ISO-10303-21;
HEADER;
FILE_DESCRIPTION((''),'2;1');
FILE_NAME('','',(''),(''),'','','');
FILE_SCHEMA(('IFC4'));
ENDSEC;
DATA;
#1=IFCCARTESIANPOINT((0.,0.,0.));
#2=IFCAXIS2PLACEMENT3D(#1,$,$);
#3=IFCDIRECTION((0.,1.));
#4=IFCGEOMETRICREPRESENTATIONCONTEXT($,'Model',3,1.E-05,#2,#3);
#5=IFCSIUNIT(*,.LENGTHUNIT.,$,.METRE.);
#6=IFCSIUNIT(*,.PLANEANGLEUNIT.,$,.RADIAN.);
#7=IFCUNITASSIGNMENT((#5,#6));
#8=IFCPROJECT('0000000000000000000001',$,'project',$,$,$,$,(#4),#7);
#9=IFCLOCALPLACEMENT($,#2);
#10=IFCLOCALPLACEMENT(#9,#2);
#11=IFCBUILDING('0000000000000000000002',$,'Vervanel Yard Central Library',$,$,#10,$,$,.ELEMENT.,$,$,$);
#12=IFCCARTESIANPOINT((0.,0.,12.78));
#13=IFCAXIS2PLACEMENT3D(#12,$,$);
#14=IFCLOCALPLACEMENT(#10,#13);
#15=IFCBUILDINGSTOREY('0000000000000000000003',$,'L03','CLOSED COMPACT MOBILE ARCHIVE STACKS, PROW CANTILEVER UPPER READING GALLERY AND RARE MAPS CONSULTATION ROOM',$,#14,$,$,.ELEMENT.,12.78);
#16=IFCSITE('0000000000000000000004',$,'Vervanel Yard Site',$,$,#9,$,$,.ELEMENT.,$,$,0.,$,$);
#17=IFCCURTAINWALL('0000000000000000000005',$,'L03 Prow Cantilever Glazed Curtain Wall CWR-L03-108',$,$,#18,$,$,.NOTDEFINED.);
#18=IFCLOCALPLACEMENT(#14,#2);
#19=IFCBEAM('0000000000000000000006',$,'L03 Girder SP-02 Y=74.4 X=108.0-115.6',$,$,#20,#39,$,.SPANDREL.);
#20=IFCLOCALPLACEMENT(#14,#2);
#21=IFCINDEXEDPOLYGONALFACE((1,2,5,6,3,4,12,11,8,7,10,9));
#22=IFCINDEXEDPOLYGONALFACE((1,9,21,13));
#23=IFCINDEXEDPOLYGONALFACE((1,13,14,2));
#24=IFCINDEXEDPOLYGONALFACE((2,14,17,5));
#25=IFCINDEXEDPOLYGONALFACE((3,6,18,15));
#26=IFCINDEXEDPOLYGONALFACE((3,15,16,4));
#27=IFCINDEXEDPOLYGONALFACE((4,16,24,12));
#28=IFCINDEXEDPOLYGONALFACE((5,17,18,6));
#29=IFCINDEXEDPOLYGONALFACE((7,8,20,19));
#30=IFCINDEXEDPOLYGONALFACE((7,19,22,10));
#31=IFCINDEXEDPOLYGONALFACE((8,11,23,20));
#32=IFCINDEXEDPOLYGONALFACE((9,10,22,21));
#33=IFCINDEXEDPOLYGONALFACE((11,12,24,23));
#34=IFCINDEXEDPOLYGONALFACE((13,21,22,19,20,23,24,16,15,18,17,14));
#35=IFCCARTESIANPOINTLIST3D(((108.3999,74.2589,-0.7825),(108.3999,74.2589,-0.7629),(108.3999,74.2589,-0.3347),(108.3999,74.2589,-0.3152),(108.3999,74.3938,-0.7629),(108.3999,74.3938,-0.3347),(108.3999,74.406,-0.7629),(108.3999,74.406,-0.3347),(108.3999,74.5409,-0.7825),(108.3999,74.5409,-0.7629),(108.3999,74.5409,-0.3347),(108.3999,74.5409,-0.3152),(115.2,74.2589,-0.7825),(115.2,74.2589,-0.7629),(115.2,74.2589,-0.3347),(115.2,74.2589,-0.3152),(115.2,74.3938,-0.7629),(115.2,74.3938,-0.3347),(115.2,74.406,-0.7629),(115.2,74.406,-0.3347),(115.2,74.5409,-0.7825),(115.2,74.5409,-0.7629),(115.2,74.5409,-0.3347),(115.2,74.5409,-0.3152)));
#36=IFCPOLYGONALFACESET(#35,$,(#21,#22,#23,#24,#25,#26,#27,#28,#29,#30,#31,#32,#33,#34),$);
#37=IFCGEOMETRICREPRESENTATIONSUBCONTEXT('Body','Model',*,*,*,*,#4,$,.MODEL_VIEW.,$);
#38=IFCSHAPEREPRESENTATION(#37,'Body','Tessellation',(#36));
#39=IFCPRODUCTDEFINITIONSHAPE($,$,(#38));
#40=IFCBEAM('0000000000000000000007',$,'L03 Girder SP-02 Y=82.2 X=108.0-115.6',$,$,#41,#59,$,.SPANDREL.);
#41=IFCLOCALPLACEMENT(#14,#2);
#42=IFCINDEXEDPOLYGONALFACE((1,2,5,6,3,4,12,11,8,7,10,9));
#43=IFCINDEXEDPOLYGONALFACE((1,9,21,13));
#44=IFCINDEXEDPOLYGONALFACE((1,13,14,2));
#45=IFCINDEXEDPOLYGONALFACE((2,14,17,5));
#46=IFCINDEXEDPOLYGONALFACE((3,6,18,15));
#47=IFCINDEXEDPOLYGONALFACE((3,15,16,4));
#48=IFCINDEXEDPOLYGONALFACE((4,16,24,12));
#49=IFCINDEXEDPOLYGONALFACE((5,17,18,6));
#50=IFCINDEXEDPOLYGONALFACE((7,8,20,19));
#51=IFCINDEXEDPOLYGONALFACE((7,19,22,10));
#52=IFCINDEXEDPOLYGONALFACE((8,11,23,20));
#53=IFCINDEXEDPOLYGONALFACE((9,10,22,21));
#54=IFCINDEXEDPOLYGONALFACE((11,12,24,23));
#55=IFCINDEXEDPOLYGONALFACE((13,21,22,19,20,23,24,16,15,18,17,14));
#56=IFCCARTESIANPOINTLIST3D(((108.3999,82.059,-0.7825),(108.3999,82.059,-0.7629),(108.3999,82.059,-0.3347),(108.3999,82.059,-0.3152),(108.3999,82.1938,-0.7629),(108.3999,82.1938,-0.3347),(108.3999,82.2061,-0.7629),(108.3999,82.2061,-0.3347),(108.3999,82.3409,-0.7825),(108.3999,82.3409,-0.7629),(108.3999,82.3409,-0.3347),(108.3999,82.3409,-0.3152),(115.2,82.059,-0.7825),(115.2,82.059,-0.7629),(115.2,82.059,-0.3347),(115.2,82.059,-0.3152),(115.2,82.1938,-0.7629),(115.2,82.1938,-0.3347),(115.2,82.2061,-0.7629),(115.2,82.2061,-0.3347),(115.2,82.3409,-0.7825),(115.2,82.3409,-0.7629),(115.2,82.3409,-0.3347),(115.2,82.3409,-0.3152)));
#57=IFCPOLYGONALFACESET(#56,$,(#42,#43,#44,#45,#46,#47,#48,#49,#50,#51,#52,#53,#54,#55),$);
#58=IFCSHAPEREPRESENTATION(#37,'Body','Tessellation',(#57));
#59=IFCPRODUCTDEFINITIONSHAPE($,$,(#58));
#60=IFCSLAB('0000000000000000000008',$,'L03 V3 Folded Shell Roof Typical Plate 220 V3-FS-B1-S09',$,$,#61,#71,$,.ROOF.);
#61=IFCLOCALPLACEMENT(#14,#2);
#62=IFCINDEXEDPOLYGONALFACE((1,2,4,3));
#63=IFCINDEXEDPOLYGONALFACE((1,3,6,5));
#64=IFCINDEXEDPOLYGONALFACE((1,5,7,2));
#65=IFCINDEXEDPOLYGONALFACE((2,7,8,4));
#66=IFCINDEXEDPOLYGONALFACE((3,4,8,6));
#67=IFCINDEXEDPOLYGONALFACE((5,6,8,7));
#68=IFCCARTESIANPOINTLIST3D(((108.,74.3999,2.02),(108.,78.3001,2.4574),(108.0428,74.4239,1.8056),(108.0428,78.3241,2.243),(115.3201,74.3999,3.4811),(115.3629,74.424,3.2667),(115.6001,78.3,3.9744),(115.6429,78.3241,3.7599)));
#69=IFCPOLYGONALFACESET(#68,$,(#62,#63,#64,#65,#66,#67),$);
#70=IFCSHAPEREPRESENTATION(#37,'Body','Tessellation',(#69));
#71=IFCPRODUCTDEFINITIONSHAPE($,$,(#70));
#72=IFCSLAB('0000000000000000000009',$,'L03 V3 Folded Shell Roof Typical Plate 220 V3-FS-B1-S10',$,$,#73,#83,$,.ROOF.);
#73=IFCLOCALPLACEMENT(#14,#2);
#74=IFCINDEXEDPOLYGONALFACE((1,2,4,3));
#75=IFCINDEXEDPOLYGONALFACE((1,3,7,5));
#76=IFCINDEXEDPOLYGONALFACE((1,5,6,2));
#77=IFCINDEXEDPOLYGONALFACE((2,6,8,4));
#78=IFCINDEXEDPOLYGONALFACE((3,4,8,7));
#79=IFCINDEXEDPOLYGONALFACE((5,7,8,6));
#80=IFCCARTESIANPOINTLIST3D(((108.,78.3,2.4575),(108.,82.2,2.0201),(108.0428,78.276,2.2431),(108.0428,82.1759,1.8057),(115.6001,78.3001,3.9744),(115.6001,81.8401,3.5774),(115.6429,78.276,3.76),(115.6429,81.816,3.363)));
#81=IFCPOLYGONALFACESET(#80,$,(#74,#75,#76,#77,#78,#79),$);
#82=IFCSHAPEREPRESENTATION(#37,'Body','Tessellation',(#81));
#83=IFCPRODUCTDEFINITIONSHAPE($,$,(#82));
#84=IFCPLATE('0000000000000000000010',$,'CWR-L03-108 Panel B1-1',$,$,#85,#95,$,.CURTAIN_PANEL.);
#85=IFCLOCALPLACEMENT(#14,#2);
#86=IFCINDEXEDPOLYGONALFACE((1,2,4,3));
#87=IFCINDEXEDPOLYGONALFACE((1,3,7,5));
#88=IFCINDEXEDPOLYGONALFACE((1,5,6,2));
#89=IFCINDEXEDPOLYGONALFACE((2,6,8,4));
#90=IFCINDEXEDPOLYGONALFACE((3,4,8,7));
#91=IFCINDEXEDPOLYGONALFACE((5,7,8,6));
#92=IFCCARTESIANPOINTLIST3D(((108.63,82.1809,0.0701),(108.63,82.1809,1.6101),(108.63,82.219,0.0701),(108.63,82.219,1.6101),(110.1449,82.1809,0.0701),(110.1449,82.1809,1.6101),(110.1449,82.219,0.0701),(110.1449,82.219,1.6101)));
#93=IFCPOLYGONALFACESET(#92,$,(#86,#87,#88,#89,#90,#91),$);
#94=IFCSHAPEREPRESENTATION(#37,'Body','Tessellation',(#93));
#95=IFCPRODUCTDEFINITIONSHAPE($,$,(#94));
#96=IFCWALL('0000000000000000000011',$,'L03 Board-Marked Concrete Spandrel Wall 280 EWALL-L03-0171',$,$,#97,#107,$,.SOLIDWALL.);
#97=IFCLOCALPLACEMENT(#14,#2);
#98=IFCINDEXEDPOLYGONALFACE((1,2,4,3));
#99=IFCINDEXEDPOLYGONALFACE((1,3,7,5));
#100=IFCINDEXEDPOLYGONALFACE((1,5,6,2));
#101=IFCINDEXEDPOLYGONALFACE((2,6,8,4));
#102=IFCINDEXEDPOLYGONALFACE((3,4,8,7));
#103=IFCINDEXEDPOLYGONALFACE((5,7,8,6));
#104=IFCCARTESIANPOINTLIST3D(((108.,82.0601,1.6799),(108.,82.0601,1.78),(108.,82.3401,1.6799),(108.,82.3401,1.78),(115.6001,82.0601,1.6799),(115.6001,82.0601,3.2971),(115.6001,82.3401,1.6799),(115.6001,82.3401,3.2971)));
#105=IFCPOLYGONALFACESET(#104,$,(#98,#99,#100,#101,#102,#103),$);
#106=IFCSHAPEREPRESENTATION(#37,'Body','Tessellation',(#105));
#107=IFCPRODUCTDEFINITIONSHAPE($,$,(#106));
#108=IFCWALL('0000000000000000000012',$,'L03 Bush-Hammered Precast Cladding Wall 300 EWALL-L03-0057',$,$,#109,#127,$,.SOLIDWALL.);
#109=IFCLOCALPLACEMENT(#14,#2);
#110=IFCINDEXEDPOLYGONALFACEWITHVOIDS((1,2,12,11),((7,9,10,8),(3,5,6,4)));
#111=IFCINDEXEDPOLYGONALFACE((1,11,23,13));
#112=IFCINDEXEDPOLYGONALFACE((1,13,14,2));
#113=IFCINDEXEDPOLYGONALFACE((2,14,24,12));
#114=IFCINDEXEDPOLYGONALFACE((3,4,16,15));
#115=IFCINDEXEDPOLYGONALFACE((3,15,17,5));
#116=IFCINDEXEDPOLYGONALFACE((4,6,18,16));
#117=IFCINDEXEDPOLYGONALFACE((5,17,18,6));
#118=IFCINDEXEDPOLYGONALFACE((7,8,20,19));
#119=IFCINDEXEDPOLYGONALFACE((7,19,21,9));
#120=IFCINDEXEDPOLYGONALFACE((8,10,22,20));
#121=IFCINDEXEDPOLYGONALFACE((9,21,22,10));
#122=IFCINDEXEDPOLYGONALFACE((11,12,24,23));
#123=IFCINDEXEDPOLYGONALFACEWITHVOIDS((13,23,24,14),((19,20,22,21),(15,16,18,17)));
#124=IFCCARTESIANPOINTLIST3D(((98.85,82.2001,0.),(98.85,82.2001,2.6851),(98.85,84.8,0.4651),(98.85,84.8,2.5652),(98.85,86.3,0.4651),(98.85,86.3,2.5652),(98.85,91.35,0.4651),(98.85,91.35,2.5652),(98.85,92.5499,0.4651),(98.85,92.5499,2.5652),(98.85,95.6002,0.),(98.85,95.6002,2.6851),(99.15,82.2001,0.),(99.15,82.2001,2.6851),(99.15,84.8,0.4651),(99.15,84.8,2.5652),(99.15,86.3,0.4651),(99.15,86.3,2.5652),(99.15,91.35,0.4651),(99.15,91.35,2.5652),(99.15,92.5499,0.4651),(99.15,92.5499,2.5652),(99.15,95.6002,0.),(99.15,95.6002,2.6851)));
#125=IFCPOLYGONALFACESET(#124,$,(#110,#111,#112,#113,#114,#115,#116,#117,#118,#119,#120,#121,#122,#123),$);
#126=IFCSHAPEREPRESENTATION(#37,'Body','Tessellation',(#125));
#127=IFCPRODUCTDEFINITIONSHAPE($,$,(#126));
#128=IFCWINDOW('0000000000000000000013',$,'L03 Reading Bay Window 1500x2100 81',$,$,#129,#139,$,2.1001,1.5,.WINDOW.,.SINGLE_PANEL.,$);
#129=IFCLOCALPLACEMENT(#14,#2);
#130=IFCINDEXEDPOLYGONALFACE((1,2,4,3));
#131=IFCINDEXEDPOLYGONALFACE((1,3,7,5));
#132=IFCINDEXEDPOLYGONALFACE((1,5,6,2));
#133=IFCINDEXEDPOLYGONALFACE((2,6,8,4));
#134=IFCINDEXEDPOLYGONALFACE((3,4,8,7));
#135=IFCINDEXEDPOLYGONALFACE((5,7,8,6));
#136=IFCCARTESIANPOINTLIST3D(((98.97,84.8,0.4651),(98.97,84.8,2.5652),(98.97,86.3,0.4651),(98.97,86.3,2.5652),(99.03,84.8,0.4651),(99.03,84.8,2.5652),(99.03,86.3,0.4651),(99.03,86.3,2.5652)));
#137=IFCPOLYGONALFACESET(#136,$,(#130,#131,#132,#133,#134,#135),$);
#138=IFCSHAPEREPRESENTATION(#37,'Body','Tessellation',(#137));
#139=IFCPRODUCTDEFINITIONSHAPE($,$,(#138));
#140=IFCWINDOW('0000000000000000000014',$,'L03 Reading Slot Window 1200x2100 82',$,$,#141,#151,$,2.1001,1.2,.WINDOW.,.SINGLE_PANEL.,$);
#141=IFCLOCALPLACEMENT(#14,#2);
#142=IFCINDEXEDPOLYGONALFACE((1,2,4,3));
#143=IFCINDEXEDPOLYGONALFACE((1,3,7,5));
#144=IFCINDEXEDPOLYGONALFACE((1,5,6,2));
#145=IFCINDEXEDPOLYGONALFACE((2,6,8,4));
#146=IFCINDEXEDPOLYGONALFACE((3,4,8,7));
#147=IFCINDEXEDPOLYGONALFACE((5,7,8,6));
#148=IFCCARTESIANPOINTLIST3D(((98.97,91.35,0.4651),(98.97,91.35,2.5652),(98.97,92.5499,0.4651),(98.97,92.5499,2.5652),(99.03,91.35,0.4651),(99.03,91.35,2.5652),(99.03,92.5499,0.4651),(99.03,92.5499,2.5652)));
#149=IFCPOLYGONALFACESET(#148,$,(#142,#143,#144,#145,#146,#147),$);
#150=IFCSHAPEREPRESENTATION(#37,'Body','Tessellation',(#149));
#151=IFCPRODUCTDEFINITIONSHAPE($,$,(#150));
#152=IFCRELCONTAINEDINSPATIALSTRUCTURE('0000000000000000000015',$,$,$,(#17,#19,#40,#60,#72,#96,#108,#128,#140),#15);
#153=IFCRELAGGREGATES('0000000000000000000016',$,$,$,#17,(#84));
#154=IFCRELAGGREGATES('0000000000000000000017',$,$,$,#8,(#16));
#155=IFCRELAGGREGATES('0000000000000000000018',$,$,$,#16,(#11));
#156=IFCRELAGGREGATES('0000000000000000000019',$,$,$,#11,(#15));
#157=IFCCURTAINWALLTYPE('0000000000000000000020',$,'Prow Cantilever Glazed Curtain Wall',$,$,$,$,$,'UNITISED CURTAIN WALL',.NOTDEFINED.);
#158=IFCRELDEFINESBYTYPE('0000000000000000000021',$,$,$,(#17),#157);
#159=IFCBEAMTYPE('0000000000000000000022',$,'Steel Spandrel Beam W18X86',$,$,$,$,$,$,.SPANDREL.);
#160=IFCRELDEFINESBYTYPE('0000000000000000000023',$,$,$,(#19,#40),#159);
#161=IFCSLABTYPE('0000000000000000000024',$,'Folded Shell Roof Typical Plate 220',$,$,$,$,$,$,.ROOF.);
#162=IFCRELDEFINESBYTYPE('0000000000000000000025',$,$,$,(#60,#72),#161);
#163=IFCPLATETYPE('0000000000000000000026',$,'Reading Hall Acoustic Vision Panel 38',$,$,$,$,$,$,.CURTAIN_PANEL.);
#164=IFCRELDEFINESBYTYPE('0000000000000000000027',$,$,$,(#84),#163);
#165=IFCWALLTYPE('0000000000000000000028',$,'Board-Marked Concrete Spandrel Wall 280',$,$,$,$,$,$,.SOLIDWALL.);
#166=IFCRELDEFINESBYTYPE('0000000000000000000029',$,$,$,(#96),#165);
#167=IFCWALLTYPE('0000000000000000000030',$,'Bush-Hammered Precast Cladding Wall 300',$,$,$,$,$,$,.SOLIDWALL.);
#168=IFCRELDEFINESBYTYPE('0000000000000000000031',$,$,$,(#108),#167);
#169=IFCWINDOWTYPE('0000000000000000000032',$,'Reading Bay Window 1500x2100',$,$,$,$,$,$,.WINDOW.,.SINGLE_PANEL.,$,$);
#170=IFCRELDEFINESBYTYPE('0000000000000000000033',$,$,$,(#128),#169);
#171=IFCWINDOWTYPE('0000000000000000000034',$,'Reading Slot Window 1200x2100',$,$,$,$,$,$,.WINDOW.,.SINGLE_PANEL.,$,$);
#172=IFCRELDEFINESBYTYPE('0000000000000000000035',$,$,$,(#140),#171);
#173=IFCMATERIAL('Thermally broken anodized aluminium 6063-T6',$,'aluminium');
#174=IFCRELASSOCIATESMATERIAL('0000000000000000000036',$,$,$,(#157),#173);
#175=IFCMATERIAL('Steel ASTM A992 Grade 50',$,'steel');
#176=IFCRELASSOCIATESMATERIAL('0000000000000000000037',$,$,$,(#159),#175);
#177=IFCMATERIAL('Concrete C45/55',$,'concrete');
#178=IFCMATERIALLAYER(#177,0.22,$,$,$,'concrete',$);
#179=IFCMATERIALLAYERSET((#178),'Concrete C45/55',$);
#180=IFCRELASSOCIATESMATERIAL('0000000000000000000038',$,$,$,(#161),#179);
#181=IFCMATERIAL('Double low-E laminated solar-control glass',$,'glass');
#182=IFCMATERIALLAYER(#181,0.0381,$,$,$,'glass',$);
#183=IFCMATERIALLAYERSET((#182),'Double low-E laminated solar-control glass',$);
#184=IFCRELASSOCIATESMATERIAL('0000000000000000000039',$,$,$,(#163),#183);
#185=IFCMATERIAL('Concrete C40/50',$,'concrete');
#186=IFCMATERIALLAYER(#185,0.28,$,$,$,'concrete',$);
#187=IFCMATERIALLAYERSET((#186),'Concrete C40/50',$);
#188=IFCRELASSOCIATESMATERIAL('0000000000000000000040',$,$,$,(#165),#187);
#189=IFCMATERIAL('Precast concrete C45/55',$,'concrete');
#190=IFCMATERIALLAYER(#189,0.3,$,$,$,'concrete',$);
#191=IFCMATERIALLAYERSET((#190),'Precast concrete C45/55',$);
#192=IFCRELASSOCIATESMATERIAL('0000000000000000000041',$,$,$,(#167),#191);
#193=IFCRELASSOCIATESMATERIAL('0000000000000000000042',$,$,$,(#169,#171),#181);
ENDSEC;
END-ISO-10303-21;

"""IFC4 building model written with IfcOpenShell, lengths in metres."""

from ifc_helpers import new_model, si_unit, direction, frame, frame_2d, origin, origin_2d, place, context, subcontext, project, spatial, polyline, rectangle, i_section, outline, extrude, material, layer, layer_set, material_profile, profile_set, type_object, element, fill, aggregate, save


model = new_model("IFC4")

# Units and contexts
model_context = context("Model", 3, precision=1e-05, world=origin(), true_north=direction((0.0, 1.0)))
body_context = subcontext(model_context, "Body", "Model", "MODEL_VIEW")
ifc_project = project(units=[si_unit("LENGTHUNIT", "METRE"), si_unit("PLANEANGLEUNIT", "RADIAN")], contexts=[model_context])

# Site, building, storey
site_placement = place(None, origin())
site = spatial("IfcSite", under=ifc_project, at=site_placement, Name="Vervanel Yard Site", CompositionType="ELEMENT", RefElevation=0.0)
building_placement = place(site_placement, origin())
building = spatial("IfcBuilding", under=site, at=building_placement, Name="Vervanel Yard Central Library", CompositionType="ELEMENT")
storey_placement = place(building_placement, frame((0.0, 0.0, 12.78)))
storey = spatial("IfcBuildingStorey", under=building, at=storey_placement, Name="L03", Description="CLOSED COMPACT MOBILE ARCHIVE STACKS, PROW CANTILEVER UPPER READING GALLERY AND RARE MAPS CONSULTATION ROOM", CompositionType="ELEMENT", Elevation=12.78)

# Shared definitions
ifc_material_1 = material(Name="Concrete C40/50", Category="concrete")
ifc_material_2 = material(Name="Steel ASTM A992 Grade 50", Category="steel")

# Shared definitions
ifc_material_3 = material(Name="Concrete C45/55", Category="concrete")

# Curtain wall
ifc_material_4 = material(Name="Thermally broken anodized aluminium 6063-T6", Category="aluminium")
curtain_wall_type = type_object("IfcCurtainWallType", Name="Prow Cantilever Glazed Curtain Wall", ElementType="UNITISED CURTAIN WALL", PredefinedType="NOTDEFINED", material=ifc_material_4)
curtain_wall_placement = place(storey_placement, origin())
curtain_wall = element("IfcCurtainWall", 1, at=curtain_wall_placement, inside=storey, type_object=curtain_wall_type, Name="L03 Prow Cantilever Glazed Curtain Wall CWR-L03-108", PredefinedType="NOTDEFINED")

# Beams
ifc_material_profile_1 = material_profile(ifc_material_2, i_section(OverallWidth=0.282, OverallDepth=0.4673, WebThickness=0.0122, FlangeThickness=0.0195, at=origin_2d()), Name="W18X86", Category="steel")
ifc_profile_set_1 = profile_set([ifc_material_profile_1], Name="Steel ASTM A992 Grade 50")
beam_type_1 = type_object("IfcBeamType", Name="Steel Spandrel Beam W18X86", PredefinedType="SPANDREL", material=ifc_profile_set_1)
for number, where, z_axis, x_axis, name in (
    (2, (108.3999, 74.3999, -0.5488), (1.0, 0.0, 0.0), (0.0, 1.0, 0.0), "L03 Girder SP-02 Y=74.4 X=108.0-115.6"),
    (3, (108.3999, 82.2, -0.5488), (1.0, 0.0, 0.0), (0.0, 1.0, 0.0), "L03 Girder SP-02 Y=82.2 X=108.0-115.6"),
):
    element("IfcBeam", number, at=place(storey_placement, frame(where, z_axis=z_axis, x_axis=x_axis)), inside=storey, type_object=beam_type_1, Name=name, PredefinedType="SPANDREL", context=body_context, shape_type="SweptSolid", body=[
        extrude(i_section(OverallWidth=0.282, OverallDepth=0.4673, WebThickness=0.0122, FlangeThickness=0.0195, at=origin_2d()), origin(), (0.0, 0.0, 1.0), 6.8),
    ])

# Slabs
ifc_layer_1 = layer(ifc_material_3, 0.22, Category="concrete")
ifc_layer_set_1 = layer_set([ifc_layer_1], Name="Concrete C45/55")
slab_type = type_object("IfcSlabType", Name="Folded Shell Roof Typical Plate 220", PredefinedType="ROOF", material=ifc_layer_set_1)
slab_1_placement = place(storey_placement, frame((108.0, 74.3999, 2.02), z_axis=(-0.194563, -0.109318, 0.974779), x_axis=(0.980656, 0.000002, 0.195737)))
element("IfcSlab", 4, at=slab_1_placement, inside=storey, type_object=slab_type, Name="L03 V3 Folded Shell Roof Typical Plate 220 V3-FS-B1-S09", PredefinedType="ROOF", context=body_context, shape_type="SweptSolid", body=[
    extrude(outline(polyline([(0.0, 0.0), (7.4645, 0.0), (7.8356, 3.9236), (0.0856, 3.9237), (0.0, 0.0)])), origin(), (0.0, 0.0, -1.0), 0.22),
])
slab_2_placement = place(storey_placement, frame((108.0, 78.3, 2.4575), z_axis=(-0.194559, 0.109332, 0.974779), x_axis=(0.980657, 0.000001, 0.195732)))
element("IfcSlab", 5, at=slab_2_placement, inside=storey, type_object=slab_type, Name="L03 V3 Folded Shell Roof Typical Plate 220 V3-FS-B1-S10", PredefinedType="ROOF", context=body_context, shape_type="SweptSolid", body=[
    extrude(outline(polyline([(0.0, 0.0), (7.75, 0.0), (7.6723, 3.5614), (-0.0856, 3.9234), (0.0, 0.0)])), origin(), (0.0, 0.0, -1.0), 0.22),
])

# Plate
ifc_material_5 = material(Name="Double low-E laminated solar-control glass", Category="glass")
ifc_layer_2 = layer(ifc_material_5, 0.0381, Category="glass")
ifc_layer_set_2 = layer_set([ifc_layer_2], Name="Double low-E laminated solar-control glass")
plate_type = type_object("IfcPlateType", Name="Reading Hall Acoustic Vision Panel 38", PredefinedType="CURTAIN_PANEL", material=ifc_layer_set_2)
plate_placement = place(storey_placement, frame((109.3875, 82.2, 0.0701), z_axis=(0.0, 0.0, 1.0), x_axis=(1.0, 0.0, 0.0)))
plate = element("IfcPlate", 6, at=plate_placement, type_object=plate_type, Name="CWR-L03-108 Panel B1-1", PredefinedType="CURTAIN_PANEL", context=body_context, shape_type="SweptSolid", body=[
    extrude(rectangle(XDim=1.5149, YDim=0.0381, at=origin_2d()), origin(), (0.0, 0.0, 1.0), 1.54),
])
aggregate(curtain_wall, [plate])

# Wall
ifc_layer_3 = layer(ifc_material_1, 0.28, Category="concrete")
ifc_layer_set_3 = layer_set([ifc_layer_3], Name="Concrete C40/50")
wall_type_1 = type_object("IfcWallType", Name="Board-Marked Concrete Spandrel Wall 280", PredefinedType="SOLIDWALL", material=ifc_layer_set_3)
wall_1_placement = place(storey_placement, frame((108.0, 82.2, 1.6799), z_axis=(0.0, 0.0, 1.0), x_axis=(1.0, 0.0, 0.0)))
element("IfcWall", 7, at=wall_1_placement, inside=storey, type_object=wall_type_1, Name="L03 Board-Marked Concrete Spandrel Wall 280 EWALL-L03-0171", PredefinedType="SOLIDWALL", context=body_context, shape_type="SweptSolid", body=[
    extrude(outline(polyline([(0.0, 0.0), (7.6001, 0.0), (7.6001, 1.6172), (0.0, 0.1001), (0.0, 0.0)])), frame((0.0, 0.1401, 0.0), z_axis=(0.0, -1.0, 0.0), x_axis=(1.0, 0.0, 0.0)), (0.0, 0.0, 1.0), 0.28),
])

# Wall, openings, windows
ifc_material_6 = material(Name="Precast concrete C45/55", Category="concrete")
ifc_layer_4 = layer(ifc_material_6, 0.3, Category="concrete")
ifc_layer_set_4 = layer_set([ifc_layer_4], Name="Precast concrete C45/55")
wall_type_2 = type_object("IfcWallType", Name="Bush-Hammered Precast Cladding Wall 300", PredefinedType="SOLIDWALL", material=ifc_layer_set_4)
wall_2_placement = place(storey_placement, frame((99.0, 82.2, 0.0), z_axis=(0.0, 0.0, 1.0), x_axis=(0.0, 1.0, 0.0)))
wall_2 = element("IfcWall", 8, at=wall_2_placement, inside=storey, type_object=wall_type_2, Name="L03 Bush-Hammered Precast Cladding Wall 300 EWALL-L03-0057", PredefinedType="SOLIDWALL", context=body_context, shape_type="SweptSolid", body=[
    extrude(rectangle(XDim=13.4001, YDim=0.3, at=frame_2d((6.7002, 0.0))), origin(), (0.0, 0.0, 1.0), 2.6851),
])
opening_1_placement = place(wall_2_placement, frame((2.6001, 0.0, 0.4651)))
opening_1 = element("IfcOpeningElement", 9, at=opening_1_placement, cuts=wall_2, PredefinedType="OPENING", context=body_context, shape_type="SweptSolid", body=[
    extrude(rectangle(XDim=1.5, YDim=2.1001, at=frame_2d((0.75, 1.05))), frame((0.0, 0.1599, 0.0), z_axis=(0.0, -1.0, 0.0), x_axis=(1.0, 0.0, 0.0)), (0.0, 0.0, 1.0), 0.3201),
])
opening_2_placement = place(wall_2_placement, frame((9.1499, 0.0, 0.4651)))
opening_2 = element("IfcOpeningElement", 10, at=opening_2_placement, cuts=wall_2, PredefinedType="OPENING", context=body_context, shape_type="SweptSolid", body=[
    extrude(rectangle(XDim=1.2, YDim=2.1001, at=frame_2d((0.6001, 1.05))), frame((0.0, 0.1599, 0.0), z_axis=(0.0, -1.0, 0.0), x_axis=(1.0, 0.0, 0.0)), (0.0, 0.0, 1.0), 0.3201),
])
window_type_1 = type_object("IfcWindowType", Name="Reading Bay Window 1500x2100", PartitioningType="SINGLE_PANEL", PredefinedType="WINDOW", material=ifc_material_5)
window_1_placement = place(opening_1_placement, origin())
window_1 = element("IfcWindow", 11, at=window_1_placement, inside=storey, type_object=window_type_1, Name="L03 Reading Bay Window 1500x2100 81", OverallHeight=2.1001, OverallWidth=1.5, PartitioningType="SINGLE_PANEL", PredefinedType="WINDOW", context=body_context, shape_type="SweptSolid", body=[
    extrude(rectangle(XDim=1.5, YDim=2.1001, at=frame_2d((0.75, 1.05))), frame((0.0, 0.03, 0.0), z_axis=(0.0, -1.0, 0.0), x_axis=(1.0, 0.0, 0.0)), (0.0, 0.0, 1.0), 0.0601),
])
fill(opening_1, window_1)
window_type_2 = type_object("IfcWindowType", Name="Reading Slot Window 1200x2100", PartitioningType="SINGLE_PANEL", PredefinedType="WINDOW", material=ifc_material_5)
window_2_placement = place(opening_2_placement, origin())
window_2 = element("IfcWindow", 12, at=window_2_placement, inside=storey, type_object=window_type_2, Name="L03 Reading Slot Window 1200x2100 82", OverallHeight=2.1001, OverallWidth=1.2, PartitioningType="SINGLE_PANEL", PredefinedType="WINDOW", context=body_context, shape_type="SweptSolid", body=[
    extrude(rectangle(XDim=1.2, YDim=2.1001, at=frame_2d((0.6001, 1.05))), frame((0.0, 0.03, 0.0), z_axis=(0.0, -1.0, 0.0), x_axis=(1.0, 0.0, 0.0)), (0.0, 0.0, 1.0), 0.0601),
])
fill(opening_2, window_2)

save(model, "model.ifc")
